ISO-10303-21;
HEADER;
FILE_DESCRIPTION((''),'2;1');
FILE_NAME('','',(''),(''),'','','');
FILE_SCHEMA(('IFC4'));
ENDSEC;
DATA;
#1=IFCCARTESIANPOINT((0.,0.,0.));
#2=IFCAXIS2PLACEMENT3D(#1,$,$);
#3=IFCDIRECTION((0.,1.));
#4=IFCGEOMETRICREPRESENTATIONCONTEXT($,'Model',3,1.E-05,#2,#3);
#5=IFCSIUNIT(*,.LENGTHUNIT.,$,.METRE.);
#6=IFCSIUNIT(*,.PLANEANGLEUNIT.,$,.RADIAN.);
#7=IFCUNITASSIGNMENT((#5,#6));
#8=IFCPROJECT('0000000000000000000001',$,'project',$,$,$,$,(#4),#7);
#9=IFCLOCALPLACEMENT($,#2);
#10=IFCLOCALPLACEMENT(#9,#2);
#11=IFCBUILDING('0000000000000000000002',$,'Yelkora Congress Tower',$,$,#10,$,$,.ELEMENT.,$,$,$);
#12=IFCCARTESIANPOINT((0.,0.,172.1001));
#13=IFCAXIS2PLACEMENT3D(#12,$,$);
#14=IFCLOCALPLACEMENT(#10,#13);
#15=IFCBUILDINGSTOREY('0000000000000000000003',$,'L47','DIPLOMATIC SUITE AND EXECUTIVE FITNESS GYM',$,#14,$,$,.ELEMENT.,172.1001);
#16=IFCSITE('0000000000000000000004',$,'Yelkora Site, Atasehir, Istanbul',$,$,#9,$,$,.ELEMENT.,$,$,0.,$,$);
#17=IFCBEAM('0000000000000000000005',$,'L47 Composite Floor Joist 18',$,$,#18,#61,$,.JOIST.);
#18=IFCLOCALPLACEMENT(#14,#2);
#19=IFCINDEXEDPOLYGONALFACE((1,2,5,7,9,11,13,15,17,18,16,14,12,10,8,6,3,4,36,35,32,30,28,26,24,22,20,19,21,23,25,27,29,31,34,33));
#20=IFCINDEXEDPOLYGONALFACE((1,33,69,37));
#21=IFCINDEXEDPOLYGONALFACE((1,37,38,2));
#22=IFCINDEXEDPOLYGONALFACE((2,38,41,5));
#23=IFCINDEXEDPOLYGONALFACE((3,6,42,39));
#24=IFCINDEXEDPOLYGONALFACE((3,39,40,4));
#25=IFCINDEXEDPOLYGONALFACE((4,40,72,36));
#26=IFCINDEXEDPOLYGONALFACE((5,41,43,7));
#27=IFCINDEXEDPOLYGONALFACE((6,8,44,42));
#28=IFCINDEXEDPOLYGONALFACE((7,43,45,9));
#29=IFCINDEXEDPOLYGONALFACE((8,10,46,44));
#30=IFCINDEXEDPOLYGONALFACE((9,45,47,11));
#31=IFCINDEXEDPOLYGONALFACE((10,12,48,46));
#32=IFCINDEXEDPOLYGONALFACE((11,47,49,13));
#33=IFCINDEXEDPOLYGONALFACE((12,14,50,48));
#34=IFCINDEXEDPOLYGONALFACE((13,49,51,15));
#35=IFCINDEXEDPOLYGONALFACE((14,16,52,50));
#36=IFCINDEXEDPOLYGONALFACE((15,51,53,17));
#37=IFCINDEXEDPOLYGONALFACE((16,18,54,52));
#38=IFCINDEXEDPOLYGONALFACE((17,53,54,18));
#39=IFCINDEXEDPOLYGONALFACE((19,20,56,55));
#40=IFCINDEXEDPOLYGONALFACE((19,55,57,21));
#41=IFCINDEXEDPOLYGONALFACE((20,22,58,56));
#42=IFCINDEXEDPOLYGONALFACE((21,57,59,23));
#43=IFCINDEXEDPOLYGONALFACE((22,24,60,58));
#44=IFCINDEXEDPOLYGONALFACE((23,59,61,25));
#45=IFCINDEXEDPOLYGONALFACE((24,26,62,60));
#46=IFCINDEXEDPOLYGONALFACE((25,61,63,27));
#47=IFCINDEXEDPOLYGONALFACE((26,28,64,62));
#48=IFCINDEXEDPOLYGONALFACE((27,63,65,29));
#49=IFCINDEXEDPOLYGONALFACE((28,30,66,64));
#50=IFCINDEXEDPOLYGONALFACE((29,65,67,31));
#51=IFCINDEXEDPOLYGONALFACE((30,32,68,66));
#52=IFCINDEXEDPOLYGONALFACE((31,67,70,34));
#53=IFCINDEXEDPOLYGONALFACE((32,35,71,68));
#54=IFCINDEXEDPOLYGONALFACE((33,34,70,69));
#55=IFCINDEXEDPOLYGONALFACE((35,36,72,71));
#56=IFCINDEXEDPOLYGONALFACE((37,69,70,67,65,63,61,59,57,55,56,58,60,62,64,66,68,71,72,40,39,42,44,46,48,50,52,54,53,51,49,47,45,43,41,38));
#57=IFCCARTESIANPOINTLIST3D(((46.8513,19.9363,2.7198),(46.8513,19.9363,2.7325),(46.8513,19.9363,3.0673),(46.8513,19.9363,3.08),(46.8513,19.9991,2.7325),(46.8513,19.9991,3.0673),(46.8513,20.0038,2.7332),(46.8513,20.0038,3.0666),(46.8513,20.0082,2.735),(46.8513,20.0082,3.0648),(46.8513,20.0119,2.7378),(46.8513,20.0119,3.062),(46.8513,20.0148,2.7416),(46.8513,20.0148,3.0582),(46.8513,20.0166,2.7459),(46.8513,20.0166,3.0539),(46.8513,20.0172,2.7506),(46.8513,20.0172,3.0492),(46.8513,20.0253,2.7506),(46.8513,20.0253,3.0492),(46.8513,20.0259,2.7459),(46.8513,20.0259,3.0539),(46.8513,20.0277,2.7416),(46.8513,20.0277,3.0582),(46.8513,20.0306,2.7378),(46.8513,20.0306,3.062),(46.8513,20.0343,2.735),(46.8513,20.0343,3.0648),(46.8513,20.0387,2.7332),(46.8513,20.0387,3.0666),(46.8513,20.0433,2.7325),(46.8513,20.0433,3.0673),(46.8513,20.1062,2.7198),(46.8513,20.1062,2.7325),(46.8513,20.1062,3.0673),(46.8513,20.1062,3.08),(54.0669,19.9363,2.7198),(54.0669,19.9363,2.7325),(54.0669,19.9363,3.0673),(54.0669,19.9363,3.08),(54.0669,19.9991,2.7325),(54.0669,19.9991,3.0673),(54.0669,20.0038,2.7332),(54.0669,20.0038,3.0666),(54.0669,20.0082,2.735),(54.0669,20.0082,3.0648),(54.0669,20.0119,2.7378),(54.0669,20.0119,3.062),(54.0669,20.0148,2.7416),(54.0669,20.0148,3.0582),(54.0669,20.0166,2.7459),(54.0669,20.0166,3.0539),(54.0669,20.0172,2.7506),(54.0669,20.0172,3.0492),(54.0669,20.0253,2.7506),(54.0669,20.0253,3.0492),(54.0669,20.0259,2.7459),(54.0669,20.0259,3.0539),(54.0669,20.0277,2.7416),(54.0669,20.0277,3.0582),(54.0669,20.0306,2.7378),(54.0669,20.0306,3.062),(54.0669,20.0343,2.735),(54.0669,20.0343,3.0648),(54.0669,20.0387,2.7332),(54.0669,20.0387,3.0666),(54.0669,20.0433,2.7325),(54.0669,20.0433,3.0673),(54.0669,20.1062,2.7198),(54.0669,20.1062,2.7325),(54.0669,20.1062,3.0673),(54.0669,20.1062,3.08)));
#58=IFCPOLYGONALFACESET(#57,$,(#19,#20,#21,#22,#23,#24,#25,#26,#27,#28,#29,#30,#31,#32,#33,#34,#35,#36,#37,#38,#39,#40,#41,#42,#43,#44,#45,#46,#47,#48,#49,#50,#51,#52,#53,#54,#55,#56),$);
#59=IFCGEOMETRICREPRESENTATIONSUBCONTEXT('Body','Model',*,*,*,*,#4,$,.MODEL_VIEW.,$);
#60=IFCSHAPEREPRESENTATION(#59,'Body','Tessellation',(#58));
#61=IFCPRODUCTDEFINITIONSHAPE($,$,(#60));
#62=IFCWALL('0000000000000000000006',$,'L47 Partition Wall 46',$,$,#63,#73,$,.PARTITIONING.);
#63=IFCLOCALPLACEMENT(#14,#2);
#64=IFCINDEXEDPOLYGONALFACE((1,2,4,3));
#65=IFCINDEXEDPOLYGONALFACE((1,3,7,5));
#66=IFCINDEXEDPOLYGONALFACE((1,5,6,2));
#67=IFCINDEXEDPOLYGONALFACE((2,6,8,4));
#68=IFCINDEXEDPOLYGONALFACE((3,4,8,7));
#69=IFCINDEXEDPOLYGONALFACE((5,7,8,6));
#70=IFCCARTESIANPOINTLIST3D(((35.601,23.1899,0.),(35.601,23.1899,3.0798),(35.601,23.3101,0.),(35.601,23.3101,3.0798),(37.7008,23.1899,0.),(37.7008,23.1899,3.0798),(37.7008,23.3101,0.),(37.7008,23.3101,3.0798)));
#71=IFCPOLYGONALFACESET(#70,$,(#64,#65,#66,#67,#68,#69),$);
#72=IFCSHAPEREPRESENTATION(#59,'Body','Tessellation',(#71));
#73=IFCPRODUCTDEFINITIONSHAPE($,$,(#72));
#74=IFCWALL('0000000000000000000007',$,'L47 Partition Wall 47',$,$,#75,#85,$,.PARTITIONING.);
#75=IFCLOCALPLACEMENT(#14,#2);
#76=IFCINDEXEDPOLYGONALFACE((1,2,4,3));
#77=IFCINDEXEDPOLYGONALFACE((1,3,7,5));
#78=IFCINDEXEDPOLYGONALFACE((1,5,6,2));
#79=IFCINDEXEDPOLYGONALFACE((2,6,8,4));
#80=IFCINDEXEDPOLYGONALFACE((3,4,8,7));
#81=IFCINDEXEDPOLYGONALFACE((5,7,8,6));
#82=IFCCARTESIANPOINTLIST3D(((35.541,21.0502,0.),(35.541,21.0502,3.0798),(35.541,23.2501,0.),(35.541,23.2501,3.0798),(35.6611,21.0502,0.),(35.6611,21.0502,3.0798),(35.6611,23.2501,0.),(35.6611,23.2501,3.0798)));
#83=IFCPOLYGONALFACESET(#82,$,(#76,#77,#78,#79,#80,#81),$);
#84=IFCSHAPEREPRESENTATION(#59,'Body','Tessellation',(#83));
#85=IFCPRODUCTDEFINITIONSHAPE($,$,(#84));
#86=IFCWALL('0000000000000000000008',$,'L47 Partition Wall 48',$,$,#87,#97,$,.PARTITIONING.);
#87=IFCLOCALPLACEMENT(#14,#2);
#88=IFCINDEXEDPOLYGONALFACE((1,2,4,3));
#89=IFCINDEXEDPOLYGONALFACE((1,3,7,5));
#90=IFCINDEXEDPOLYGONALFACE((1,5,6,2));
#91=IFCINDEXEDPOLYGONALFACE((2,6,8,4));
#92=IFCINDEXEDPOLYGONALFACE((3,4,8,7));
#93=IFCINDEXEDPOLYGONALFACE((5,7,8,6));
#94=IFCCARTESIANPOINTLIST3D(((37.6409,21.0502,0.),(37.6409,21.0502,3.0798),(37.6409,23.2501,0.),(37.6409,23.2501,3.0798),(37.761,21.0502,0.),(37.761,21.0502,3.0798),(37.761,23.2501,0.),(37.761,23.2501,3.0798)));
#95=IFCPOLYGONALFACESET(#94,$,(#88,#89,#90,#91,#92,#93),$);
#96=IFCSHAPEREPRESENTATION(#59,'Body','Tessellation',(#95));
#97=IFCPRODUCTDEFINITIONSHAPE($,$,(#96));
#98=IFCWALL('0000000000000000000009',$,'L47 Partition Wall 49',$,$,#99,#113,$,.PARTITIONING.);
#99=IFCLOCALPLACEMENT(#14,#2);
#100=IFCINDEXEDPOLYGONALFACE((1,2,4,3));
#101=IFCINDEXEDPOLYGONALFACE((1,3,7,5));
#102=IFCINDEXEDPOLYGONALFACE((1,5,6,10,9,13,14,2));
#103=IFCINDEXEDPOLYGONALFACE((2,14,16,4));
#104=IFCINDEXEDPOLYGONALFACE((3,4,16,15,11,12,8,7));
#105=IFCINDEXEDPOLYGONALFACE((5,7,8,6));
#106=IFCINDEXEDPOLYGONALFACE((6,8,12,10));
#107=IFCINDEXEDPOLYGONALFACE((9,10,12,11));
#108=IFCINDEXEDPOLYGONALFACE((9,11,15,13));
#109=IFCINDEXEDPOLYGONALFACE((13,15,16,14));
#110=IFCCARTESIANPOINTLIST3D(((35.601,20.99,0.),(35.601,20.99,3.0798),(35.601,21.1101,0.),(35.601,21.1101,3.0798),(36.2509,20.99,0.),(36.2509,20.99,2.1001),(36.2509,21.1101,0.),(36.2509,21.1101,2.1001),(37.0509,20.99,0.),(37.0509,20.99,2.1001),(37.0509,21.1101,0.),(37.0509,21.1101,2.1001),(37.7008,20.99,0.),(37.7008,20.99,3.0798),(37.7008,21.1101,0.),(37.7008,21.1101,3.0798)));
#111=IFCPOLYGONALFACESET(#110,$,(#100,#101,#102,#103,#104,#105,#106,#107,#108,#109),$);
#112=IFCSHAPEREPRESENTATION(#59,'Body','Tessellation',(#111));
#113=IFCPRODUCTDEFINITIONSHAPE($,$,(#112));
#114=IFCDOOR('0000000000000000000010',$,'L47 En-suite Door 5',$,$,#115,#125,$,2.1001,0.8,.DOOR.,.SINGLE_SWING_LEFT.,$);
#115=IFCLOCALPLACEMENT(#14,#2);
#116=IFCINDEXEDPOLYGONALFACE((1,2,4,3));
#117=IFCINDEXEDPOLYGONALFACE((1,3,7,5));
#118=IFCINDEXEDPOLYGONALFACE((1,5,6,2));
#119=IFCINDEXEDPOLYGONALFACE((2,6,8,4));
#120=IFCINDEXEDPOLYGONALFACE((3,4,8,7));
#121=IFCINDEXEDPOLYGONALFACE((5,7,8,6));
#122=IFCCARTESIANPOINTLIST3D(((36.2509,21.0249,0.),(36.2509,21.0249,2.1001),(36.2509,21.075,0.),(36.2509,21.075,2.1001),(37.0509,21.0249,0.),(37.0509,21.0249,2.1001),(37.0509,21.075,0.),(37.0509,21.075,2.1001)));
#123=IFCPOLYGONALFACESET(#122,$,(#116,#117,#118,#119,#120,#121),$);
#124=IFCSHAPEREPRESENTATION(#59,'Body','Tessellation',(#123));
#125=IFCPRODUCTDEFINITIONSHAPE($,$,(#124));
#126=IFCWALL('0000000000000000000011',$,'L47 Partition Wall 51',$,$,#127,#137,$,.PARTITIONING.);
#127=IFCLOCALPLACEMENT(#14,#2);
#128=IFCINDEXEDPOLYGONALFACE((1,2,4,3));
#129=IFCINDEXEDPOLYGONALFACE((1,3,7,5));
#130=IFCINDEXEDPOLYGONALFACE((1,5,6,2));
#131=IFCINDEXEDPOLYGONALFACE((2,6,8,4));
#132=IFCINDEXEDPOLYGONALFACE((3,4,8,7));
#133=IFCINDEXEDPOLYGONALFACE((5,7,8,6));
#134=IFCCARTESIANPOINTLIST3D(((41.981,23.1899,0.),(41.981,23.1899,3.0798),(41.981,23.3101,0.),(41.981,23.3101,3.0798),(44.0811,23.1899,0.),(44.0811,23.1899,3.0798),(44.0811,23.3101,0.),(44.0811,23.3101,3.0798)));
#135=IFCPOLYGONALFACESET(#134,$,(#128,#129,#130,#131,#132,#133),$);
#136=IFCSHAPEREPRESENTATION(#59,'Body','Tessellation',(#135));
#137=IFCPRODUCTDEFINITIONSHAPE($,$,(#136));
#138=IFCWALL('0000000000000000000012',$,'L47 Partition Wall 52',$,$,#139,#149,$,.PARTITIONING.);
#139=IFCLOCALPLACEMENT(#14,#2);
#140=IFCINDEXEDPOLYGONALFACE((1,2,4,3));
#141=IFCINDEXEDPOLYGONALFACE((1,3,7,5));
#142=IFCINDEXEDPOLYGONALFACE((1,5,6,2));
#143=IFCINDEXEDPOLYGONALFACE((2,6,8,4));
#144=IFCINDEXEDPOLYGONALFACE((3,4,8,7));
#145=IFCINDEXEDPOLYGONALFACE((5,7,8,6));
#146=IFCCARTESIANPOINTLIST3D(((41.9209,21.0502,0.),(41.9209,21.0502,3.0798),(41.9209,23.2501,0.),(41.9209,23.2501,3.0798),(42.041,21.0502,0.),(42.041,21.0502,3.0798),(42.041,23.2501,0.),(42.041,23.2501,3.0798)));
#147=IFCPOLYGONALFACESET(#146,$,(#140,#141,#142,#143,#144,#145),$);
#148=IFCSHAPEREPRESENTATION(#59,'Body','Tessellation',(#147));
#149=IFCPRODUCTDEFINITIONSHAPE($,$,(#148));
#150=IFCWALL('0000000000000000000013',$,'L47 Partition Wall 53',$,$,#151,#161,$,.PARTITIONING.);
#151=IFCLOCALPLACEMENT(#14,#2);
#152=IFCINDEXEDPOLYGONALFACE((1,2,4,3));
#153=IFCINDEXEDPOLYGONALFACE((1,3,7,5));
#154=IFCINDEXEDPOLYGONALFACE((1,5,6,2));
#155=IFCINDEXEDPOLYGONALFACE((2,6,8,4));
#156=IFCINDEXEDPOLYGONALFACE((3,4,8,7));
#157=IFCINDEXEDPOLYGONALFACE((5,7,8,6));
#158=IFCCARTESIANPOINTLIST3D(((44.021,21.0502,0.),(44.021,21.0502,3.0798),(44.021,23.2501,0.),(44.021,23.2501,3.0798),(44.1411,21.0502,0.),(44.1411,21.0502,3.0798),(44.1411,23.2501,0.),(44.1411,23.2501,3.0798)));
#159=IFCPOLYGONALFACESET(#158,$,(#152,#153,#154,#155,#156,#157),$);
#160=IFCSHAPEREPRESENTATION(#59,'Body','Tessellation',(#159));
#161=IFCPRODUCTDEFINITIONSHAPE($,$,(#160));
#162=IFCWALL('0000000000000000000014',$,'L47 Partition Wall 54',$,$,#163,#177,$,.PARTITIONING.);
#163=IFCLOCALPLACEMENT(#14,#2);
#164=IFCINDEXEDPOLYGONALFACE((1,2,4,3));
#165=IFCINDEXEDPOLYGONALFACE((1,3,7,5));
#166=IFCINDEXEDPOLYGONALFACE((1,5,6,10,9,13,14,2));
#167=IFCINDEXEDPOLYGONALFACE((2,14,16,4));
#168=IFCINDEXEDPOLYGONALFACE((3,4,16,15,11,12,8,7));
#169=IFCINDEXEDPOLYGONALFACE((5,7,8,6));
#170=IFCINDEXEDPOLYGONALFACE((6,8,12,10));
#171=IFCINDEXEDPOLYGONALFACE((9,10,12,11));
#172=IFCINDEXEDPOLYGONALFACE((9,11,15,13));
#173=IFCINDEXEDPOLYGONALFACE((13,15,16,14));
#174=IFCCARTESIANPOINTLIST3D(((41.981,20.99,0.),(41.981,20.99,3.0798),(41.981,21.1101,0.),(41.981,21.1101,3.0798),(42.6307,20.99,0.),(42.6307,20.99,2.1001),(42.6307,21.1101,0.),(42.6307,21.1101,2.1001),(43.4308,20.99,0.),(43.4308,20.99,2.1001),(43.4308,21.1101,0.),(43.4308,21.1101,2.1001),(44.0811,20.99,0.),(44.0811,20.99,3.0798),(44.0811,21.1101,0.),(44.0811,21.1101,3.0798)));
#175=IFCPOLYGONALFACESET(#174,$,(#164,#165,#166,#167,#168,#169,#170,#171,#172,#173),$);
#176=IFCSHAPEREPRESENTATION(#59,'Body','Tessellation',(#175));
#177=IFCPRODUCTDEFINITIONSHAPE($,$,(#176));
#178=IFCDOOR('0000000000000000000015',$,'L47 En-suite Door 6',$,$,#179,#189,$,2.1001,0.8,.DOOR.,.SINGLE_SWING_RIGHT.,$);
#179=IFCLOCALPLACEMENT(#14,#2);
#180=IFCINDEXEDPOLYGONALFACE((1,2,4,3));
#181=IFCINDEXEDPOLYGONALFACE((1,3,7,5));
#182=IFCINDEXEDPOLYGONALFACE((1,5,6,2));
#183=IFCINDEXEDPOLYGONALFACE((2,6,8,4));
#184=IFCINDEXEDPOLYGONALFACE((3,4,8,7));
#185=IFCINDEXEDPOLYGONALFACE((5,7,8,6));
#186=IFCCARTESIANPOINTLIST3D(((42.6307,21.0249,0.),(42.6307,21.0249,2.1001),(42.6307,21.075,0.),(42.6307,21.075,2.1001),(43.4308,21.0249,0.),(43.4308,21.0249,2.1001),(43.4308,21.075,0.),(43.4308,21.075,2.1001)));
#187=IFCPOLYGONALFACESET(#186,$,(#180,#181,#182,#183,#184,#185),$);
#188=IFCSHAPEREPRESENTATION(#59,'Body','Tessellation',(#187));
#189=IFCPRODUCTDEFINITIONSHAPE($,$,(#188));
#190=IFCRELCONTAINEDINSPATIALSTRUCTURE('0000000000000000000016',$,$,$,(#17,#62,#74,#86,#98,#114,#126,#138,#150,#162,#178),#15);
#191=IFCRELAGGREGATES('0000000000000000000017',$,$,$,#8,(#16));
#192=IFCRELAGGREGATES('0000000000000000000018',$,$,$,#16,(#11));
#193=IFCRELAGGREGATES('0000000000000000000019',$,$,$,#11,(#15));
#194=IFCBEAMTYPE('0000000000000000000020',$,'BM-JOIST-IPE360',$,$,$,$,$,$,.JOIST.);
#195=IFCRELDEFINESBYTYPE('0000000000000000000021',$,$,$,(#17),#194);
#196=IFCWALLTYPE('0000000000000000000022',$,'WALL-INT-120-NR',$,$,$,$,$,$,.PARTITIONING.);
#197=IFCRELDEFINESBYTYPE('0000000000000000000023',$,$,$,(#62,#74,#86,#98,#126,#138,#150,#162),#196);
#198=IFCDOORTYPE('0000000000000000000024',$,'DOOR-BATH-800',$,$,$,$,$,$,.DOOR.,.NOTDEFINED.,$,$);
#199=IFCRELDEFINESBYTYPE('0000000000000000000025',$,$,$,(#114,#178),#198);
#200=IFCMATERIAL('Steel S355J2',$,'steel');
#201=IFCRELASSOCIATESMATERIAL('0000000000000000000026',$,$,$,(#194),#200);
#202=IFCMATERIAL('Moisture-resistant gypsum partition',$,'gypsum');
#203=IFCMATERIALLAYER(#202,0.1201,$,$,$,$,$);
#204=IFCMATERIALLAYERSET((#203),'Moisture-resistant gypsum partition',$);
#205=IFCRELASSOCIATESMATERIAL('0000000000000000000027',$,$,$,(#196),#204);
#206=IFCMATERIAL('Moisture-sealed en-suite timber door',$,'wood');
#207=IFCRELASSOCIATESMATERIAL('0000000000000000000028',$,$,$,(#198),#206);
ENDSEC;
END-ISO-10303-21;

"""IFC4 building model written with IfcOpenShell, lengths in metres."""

from ifc_helpers import new_model, si_unit, direction, frame, frame_2d, origin, origin_2d, place, context, subcontext, project, spatial, rectangle, i_section, extrude, material, layer, layer_set, material_profile, profile_set, type_object, element, fill, save


model = new_model("IFC4")

# Units and contexts
model_context = context("Model", 3, precision=1e-05, world=origin(), true_north=direction((0.0, 1.0)))
body_context = subcontext(model_context, "Body", "Model", "MODEL_VIEW")
ifc_project = project(units=[si_unit("LENGTHUNIT", "METRE"), si_unit("PLANEANGLEUNIT", "RADIAN")], contexts=[model_context])

# Site, building, storey
site_placement = place(None, origin())
site = spatial("IfcSite", under=ifc_project, at=site_placement, Name="Yelkora Site, Atasehir, Istanbul", CompositionType="ELEMENT", RefElevation=0.0)
building_placement = place(site_placement, origin())
building = spatial("IfcBuilding", under=site, at=building_placement, Name="Yelkora Congress Tower", CompositionType="ELEMENT")
storey_placement = place(building_placement, frame((0.0, 0.0, 172.1001)))
storey = spatial("IfcBuildingStorey", under=building, at=storey_placement, Name="L47", Description="DIPLOMATIC SUITE AND EXECUTIVE FITNESS GYM", CompositionType="ELEMENT", Elevation=172.1001)

# Beam
ifc_material_1 = material(Name="Steel S355J2", Category="steel")
ifc_material_profile_1 = material_profile(ifc_material_1, i_section(OverallWidth=0.1699, OverallDepth=0.3601, WebThickness=0.0081, FlangeThickness=0.0127, FilletRadius=0.0181, at=origin_2d()), Name="IPE 360")
ifc_profile_set_1 = profile_set([ifc_material_profile_1], Name="Steel S355J2")
beam_type_1 = type_object("IfcBeamType", Name="BM-JOIST-IPE360", PredefinedType="JOIST", material=ifc_profile_set_1)
beam_1_placement = place(storey_placement, frame((46.8513, 20.0212, 2.8999), z_axis=(1.0, 0.0, 0.0), x_axis=(0.0, 1.0, 0.0)))
element("IfcBeam", 1, at=beam_1_placement, inside=storey, type_object=beam_type_1, Name="L47 Composite Floor Joist 18", PredefinedType="JOIST", context=body_context, shape_type="SweptSolid", body=[
    extrude(i_section(OverallWidth=0.1699, OverallDepth=0.3601, WebThickness=0.0081, FlangeThickness=0.0127, FilletRadius=0.0181, at=origin_2d()), origin(), (0.0, 0.0, 1.0), 7.2156),
])

# Walls
ifc_material_2 = material(Name="Moisture-resistant gypsum partition", Category="gypsum")
ifc_layer_1 = layer(ifc_material_2, 0.1201)
ifc_layer_set_1 = layer_set([ifc_layer_1], Name="Moisture-resistant gypsum partition")
wall_type_1 = type_object("IfcWallType", Name="WALL-INT-120-NR", PredefinedType="PARTITIONING", material=ifc_layer_set_1)
wall_1_placement = place(storey_placement, frame((35.6011, 23.25, 0.0), z_axis=(0.0, 0.0, 1.0), x_axis=(1.0, 0.0, 0.0)))
element("IfcWall", 2, at=wall_1_placement, inside=storey, type_object=wall_type_1, Name="L47 Partition Wall 46", PredefinedType="PARTITIONING", context=body_context, shape_type="SweptSolid", body=[
    extrude(rectangle(XDim=2.0999, YDim=0.1201, at=frame_2d((1.0498, 0.0))), origin(), (0.0, 0.0, 1.0), 3.0798),
])
for number, where, z_axis, x_axis, name in (
    (3, (35.6011, 21.05, 0.0), (0.0, 0.0, 1.0), (0.0, 1.0, 0.0), "L47 Partition Wall 47"),
    (4, (37.7009, 21.05, 0.0), (0.0, 0.0, 1.0), (0.0, 1.0, 0.0), "L47 Partition Wall 48"),
):
    element("IfcWall", number, at=place(storey_placement, frame(where, z_axis=z_axis, x_axis=x_axis)), inside=storey, type_object=wall_type_1, Name=name, PredefinedType="PARTITIONING", context=body_context, shape_type="SweptSolid", body=[
        extrude(rectangle(XDim=2.2, YDim=0.1201, at=frame_2d((1.1001, 0.0))), origin(), (0.0, 0.0, 1.0), 3.0798),
    ])

# Wall, opening, door
wall_2_placement = place(storey_placement, frame((35.6011, 21.05, 0.0), z_axis=(0.0, 0.0, 1.0), x_axis=(1.0, 0.0, 0.0)))
wall_2 = element("IfcWall", 5, at=wall_2_placement, inside=storey, type_object=wall_type_1, Name="L47 Partition Wall 49", PredefinedType="PARTITIONING", context=body_context, shape_type="SweptSolid", body=[
    extrude(rectangle(XDim=2.0999, YDim=0.1201, at=frame_2d((1.0498, 0.0))), origin(), (0.0, 0.0, 1.0), 3.0798),
])
opening_1_placement = place(wall_2_placement, frame((0.6499, 0.0, 0.0)))
opening_1 = element("IfcOpeningElement", 6, at=opening_1_placement, cuts=wall_2, PredefinedType="OPENING", context=body_context, shape_type="SweptSolid", body=[
    extrude(rectangle(XDim=0.8, YDim=2.1001, at=frame_2d((0.3999, 1.05))), frame((0.0, 0.0701, 0.0), z_axis=(0.0, -1.0, 0.0), x_axis=(1.0, 0.0, 0.0)), (0.0, 0.0, 1.0), 0.1401),
])
ifc_material_3 = material(Name="Moisture-sealed en-suite timber door", Category="wood")
door_type = type_object("IfcDoorType", Name="DOOR-BATH-800", OperationType="NOTDEFINED", PredefinedType="DOOR", material=ifc_material_3)
door_1_placement = place(opening_1_placement, origin())
door_1 = element("IfcDoor", 7, at=door_1_placement, inside=storey, type_object=door_type, Name="L47 En-suite Door 5", OperationType="SINGLE_SWING_LEFT", OverallHeight=2.1001, OverallWidth=0.8, PredefinedType="DOOR", context=body_context, shape_type="SweptSolid", body=[
    extrude(rectangle(XDim=0.8, YDim=2.1001, at=frame_2d((0.3999, 1.05))), frame((0.0, 0.0249, 0.0), z_axis=(0.0, -1.0, 0.0), x_axis=(1.0, 0.0, 0.0)), (0.0, 0.0, 1.0), 0.05),
])
fill(opening_1, door_1)

# Walls
wall_3_placement = place(storey_placement, frame((41.981, 23.25, 0.0), z_axis=(0.0, 0.0, 1.0), x_axis=(1.0, 0.0, 0.0)))
element("IfcWall", 8, at=wall_3_placement, inside=storey, type_object=wall_type_1, Name="L47 Partition Wall 51", PredefinedType="PARTITIONING", context=body_context, shape_type="SweptSolid", body=[
    extrude(rectangle(XDim=2.1001, YDim=0.1201, at=frame_2d((1.05, 0.0))), origin(), (0.0, 0.0, 1.0), 3.0798),
])
for number, where, z_axis, x_axis, name in (
    (9, (41.981, 21.05, 0.0), (0.0, 0.0, 1.0), (0.0, 1.0, 0.0), "L47 Partition Wall 52"),
    (10, (44.0811, 21.05, 0.0), (0.0, 0.0, 1.0), (0.0, 1.0, 0.0), "L47 Partition Wall 53"),
):
    element("IfcWall", number, at=place(storey_placement, frame(where, z_axis=z_axis, x_axis=x_axis)), inside=storey, type_object=wall_type_1, Name=name, PredefinedType="PARTITIONING", context=body_context, shape_type="SweptSolid", body=[
        extrude(rectangle(XDim=2.2, YDim=0.1201, at=frame_2d((1.1001, 0.0))), origin(), (0.0, 0.0, 1.0), 3.0798),
    ])

# Wall, opening, door
wall_4_placement = place(storey_placement, frame((41.981, 21.05, 0.0), z_axis=(0.0, 0.0, 1.0), x_axis=(1.0, 0.0, 0.0)))
wall_4 = element("IfcWall", 11, at=wall_4_placement, inside=storey, type_object=wall_type_1, Name="L47 Partition Wall 54", PredefinedType="PARTITIONING", context=body_context, shape_type="SweptSolid", body=[
    extrude(rectangle(XDim=2.1001, YDim=0.1201, at=frame_2d((1.05, 0.0))), origin(), (0.0, 0.0, 1.0), 3.0798),
])
opening_2_placement = place(wall_4_placement, frame((0.6499, 0.0, 0.0)))
opening_2 = element("IfcOpeningElement", 12, at=opening_2_placement, cuts=wall_4, PredefinedType="OPENING", context=body_context, shape_type="SweptSolid", body=[
    extrude(rectangle(XDim=0.8, YDim=2.1001, at=frame_2d((0.3999, 1.05))), frame((0.0, 0.0701, 0.0), z_axis=(0.0, -1.0, 0.0), x_axis=(1.0, 0.0, 0.0)), (0.0, 0.0, 1.0), 0.1401),
])
door_2_placement = place(opening_2_placement, origin())
door_2 = element("IfcDoor", 13, at=door_2_placement, inside=storey, type_object=door_type, Name="L47 En-suite Door 6", OperationType="SINGLE_SWING_RIGHT", OverallHeight=2.1001, OverallWidth=0.8, PredefinedType="DOOR", context=body_context, shape_type="SweptSolid", body=[
    extrude(rectangle(XDim=0.8, YDim=2.1001, at=frame_2d((0.3999, 1.05))), frame((0.0, 0.0249, 0.0), z_axis=(0.0, -1.0, 0.0), x_axis=(1.0, 0.0, 0.0)), (0.0, 0.0, 1.0), 0.05),
])
fill(opening_2, door_2)

save(model, "model.ifc")
